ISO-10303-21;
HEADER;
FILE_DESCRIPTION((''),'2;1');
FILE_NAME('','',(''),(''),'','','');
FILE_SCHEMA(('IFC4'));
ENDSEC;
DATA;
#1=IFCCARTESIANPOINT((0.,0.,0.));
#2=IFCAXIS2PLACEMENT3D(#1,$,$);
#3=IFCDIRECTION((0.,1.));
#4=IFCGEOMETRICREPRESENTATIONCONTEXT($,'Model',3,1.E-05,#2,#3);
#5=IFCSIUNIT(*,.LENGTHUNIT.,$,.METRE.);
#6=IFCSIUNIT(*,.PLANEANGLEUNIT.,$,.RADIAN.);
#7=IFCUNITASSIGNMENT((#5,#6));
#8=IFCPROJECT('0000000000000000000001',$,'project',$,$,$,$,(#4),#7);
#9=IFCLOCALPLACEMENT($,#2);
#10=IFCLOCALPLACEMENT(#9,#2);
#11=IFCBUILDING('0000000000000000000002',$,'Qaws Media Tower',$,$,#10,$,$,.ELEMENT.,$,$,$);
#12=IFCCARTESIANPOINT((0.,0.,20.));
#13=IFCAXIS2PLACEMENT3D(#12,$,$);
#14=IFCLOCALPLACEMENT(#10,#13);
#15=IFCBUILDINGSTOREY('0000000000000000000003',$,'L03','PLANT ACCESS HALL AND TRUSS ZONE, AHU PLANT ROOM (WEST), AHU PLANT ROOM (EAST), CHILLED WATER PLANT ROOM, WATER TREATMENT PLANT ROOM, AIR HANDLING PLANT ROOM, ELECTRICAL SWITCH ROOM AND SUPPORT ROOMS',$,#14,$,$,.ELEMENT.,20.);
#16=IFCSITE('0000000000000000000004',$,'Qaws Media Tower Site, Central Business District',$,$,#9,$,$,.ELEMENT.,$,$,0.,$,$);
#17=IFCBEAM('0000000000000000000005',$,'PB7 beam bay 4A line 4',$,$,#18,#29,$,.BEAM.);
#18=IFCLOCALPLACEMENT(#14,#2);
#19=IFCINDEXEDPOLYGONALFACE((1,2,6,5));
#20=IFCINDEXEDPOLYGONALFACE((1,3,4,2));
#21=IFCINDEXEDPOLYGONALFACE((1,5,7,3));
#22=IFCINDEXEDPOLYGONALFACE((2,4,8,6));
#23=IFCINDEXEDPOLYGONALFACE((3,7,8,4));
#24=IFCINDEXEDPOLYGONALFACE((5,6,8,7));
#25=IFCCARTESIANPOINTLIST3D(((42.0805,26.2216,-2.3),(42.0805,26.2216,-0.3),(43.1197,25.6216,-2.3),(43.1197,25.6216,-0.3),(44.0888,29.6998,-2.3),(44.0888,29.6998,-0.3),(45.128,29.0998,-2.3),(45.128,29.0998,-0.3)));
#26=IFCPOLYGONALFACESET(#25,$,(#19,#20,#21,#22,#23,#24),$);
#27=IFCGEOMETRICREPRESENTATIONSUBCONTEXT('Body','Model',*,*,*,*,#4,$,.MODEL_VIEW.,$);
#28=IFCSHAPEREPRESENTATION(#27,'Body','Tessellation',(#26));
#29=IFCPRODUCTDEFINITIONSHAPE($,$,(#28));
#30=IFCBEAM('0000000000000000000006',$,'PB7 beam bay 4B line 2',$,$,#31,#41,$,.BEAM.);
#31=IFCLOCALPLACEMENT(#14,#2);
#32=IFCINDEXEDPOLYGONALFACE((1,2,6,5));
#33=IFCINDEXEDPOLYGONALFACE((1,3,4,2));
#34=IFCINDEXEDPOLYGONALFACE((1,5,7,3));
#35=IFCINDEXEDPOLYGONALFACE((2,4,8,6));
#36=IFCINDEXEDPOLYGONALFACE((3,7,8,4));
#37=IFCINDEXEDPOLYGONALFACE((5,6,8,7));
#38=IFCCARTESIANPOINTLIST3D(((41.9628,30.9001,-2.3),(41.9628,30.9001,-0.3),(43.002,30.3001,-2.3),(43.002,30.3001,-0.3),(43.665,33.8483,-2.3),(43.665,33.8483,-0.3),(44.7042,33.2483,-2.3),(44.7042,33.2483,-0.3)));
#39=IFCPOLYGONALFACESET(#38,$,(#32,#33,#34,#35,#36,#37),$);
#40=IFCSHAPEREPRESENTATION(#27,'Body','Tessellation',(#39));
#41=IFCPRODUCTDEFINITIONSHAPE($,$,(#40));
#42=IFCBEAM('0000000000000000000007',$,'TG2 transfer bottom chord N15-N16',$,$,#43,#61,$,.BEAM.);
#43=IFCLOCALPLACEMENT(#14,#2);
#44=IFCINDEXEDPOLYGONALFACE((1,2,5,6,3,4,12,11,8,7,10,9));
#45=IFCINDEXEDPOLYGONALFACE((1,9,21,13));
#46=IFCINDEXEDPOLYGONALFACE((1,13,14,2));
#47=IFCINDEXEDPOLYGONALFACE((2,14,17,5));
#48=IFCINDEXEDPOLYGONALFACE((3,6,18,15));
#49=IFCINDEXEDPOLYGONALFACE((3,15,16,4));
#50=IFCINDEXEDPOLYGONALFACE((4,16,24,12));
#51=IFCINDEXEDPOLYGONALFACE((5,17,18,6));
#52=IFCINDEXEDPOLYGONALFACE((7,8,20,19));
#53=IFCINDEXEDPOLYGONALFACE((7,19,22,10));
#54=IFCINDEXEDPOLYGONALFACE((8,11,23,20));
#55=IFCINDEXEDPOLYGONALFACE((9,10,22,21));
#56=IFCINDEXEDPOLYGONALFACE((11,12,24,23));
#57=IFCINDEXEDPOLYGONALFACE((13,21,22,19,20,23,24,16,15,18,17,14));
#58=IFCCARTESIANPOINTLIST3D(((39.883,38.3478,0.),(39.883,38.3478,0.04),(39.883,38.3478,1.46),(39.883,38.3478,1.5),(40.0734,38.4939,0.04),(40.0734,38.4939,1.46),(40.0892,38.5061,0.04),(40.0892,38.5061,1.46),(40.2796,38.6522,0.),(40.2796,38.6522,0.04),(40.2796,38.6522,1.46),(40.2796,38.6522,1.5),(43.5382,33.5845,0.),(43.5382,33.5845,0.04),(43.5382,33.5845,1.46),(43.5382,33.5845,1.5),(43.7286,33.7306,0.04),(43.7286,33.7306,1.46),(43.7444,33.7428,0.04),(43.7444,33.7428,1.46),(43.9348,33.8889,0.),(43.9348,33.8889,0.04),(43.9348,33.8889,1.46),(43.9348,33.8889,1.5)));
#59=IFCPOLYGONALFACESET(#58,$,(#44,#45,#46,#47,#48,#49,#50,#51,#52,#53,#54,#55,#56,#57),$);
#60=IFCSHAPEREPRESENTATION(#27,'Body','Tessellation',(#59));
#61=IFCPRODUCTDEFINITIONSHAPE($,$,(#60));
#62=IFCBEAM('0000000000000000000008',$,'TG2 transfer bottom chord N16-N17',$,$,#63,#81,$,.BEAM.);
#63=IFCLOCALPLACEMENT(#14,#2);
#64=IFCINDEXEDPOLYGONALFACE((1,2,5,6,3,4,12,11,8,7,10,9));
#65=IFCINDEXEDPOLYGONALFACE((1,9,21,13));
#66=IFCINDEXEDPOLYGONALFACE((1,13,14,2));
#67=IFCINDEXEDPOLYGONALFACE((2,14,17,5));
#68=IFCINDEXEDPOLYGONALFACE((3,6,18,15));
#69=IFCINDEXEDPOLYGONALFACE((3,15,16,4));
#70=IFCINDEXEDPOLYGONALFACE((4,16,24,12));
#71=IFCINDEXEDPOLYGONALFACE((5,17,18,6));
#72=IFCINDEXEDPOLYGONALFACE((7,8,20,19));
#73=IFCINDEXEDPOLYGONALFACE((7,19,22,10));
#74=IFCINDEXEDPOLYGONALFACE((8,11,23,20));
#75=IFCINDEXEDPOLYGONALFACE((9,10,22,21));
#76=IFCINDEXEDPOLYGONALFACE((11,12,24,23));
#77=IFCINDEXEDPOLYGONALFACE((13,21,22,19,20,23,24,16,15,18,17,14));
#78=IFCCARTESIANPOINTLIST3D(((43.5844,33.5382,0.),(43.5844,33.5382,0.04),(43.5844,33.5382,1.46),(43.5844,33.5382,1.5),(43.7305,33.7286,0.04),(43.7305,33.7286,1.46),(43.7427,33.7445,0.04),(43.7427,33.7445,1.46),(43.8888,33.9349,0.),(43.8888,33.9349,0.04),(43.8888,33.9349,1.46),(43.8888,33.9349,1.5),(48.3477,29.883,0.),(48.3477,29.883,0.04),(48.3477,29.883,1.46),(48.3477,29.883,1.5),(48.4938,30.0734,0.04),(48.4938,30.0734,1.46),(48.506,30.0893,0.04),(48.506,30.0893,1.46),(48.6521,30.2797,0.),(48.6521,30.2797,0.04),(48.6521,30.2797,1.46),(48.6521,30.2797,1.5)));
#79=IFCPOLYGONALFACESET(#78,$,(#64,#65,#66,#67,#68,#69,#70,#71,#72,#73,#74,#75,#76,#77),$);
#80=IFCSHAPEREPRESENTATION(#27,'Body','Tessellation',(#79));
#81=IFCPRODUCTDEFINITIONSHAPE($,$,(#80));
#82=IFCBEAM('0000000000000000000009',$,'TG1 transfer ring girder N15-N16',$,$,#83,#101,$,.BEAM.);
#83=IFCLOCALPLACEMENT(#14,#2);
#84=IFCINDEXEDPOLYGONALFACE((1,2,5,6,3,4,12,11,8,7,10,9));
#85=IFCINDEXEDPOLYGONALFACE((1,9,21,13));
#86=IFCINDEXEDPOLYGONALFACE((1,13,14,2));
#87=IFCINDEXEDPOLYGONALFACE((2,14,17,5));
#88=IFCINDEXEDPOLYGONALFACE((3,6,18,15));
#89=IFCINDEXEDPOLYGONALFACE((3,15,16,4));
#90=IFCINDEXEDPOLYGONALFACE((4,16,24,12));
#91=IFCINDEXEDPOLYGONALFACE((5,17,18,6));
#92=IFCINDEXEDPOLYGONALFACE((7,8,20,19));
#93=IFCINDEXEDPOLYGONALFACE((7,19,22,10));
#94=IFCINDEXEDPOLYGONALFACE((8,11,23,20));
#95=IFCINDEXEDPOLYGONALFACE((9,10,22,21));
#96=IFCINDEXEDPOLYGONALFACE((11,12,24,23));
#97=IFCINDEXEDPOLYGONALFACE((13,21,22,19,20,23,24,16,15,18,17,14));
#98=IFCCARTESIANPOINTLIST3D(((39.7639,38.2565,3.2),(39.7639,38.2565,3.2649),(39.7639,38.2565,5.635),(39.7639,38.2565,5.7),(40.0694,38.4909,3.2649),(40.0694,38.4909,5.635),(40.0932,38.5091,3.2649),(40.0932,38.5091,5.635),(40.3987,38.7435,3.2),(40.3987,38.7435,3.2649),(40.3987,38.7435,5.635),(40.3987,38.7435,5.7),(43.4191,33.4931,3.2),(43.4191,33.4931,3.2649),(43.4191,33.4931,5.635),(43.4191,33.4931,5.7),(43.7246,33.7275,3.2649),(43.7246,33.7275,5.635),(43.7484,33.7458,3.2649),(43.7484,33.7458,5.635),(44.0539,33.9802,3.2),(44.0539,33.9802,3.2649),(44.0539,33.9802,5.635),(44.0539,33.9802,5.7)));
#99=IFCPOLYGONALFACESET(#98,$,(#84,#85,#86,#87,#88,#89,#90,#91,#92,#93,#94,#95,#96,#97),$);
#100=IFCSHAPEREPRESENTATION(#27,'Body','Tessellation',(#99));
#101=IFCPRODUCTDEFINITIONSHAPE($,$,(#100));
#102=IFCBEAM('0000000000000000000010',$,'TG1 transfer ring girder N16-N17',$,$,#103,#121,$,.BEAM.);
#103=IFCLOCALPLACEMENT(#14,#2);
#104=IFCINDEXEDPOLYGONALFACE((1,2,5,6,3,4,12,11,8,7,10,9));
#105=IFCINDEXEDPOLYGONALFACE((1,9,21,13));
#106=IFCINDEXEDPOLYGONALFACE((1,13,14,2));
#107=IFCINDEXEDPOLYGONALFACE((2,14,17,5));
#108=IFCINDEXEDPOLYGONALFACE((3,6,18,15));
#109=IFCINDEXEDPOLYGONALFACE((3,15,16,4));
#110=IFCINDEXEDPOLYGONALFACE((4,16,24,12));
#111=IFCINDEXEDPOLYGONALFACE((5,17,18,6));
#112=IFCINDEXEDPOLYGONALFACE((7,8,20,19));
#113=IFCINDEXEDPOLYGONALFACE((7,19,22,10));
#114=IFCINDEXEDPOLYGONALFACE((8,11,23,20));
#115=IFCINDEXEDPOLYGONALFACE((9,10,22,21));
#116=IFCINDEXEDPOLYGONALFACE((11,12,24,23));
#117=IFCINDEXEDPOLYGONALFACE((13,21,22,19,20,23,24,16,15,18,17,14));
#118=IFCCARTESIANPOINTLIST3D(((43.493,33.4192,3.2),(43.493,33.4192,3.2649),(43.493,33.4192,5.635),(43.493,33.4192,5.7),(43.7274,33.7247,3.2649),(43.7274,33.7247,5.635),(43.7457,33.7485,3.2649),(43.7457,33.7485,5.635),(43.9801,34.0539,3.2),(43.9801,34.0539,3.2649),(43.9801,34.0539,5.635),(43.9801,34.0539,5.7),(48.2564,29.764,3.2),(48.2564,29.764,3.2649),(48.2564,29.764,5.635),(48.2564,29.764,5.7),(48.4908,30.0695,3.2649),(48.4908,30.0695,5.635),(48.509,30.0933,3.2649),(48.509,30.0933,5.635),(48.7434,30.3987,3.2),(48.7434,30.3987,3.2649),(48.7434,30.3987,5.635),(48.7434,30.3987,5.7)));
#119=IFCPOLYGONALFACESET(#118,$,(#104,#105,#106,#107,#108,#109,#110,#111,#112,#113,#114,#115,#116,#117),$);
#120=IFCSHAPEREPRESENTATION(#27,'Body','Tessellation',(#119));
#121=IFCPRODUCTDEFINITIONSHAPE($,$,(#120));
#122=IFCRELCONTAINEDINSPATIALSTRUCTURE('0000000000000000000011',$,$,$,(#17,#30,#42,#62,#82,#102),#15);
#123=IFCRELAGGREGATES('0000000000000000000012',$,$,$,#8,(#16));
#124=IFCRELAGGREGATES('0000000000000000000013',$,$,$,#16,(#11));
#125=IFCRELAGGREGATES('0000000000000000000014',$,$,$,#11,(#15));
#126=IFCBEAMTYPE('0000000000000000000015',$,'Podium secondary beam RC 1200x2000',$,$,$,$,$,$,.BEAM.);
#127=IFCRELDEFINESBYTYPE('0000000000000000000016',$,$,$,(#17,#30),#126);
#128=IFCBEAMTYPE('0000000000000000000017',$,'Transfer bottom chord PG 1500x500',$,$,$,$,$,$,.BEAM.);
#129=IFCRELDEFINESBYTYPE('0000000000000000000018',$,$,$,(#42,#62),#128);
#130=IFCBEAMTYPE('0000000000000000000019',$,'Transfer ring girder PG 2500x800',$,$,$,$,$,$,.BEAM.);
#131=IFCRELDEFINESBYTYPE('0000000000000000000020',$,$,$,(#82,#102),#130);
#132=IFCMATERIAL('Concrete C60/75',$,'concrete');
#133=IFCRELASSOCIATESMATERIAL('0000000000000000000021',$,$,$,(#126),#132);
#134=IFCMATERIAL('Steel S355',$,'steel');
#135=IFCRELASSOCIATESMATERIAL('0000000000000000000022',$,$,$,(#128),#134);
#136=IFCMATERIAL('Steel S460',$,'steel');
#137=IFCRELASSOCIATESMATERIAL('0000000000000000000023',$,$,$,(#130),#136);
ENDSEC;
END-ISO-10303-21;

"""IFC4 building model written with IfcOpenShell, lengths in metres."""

from ifc_helpers import new_model, si_unit, direction, frame, origin, origin_2d, place, context, subcontext, project, spatial, rectangle, i_section, extrude, material, material_profile, profile_set, type_object, element, save


model = new_model("IFC4")

# Units and contexts
model_context = context("Model", 3, precision=1e-05, world=origin(), true_north=direction((0.0, 1.0)))
body_context = subcontext(model_context, "Body", "Model", "MODEL_VIEW")
ifc_project = project(units=[si_unit("LENGTHUNIT", "METRE"), si_unit("PLANEANGLEUNIT", "RADIAN")], contexts=[model_context])

# Site, building, storey
site_placement = place(None, origin())
site = spatial("IfcSite", under=ifc_project, at=site_placement, Name="Qaws Media Tower Site, Central Business District", CompositionType="ELEMENT", RefElevation=0.0)
building_placement = place(site_placement, origin())
building = spatial("IfcBuilding", under=site, at=building_placement, Name="Qaws Media Tower", CompositionType="ELEMENT")
storey_placement = place(building_placement, frame((0.0, 0.0, 20.0)))
storey = spatial("IfcBuildingStorey", under=building, at=storey_placement, Name="L03", Description="PLANT ACCESS HALL AND TRUSS ZONE, AHU PLANT ROOM (WEST), AHU PLANT ROOM (EAST), CHILLED WATER PLANT ROOM, WATER TREATMENT PLANT ROOM, AIR HANDLING PLANT ROOM, ELECTRICAL SWITCH ROOM AND SUPPORT ROOMS", CompositionType="ELEMENT", Elevation=20.0)

# Beams
ifc_material_1 = material(Name="Concrete C60/75", Category="concrete")
ifc_material_profile_1 = material_profile(ifc_material_1, rectangle(XDim=1.2, YDim=2.0, at=origin_2d()), Name="RC 1200x2000")
ifc_profile_set_1 = profile_set([ifc_material_profile_1], Name="Concrete C60/75")
beam_type_1 = type_object("IfcBeamType", Name="Podium secondary beam RC 1200x2000", PredefinedType="BEAM", material=ifc_profile_set_1)
beam_1_placement = place(storey_placement, frame((42.6001, 25.9216, -1.3), z_axis=(0.500022, 0.866012, 0.0), x_axis=(-0.866012, 0.500022, 0.0)))
element("IfcBeam", 1, at=beam_1_placement, inside=storey, type_object=beam_type_1, Name="PB7 beam bay 4A line 4", PredefinedType="BEAM", context=body_context, shape_type="SweptSolid", body=[
    extrude(rectangle(XDim=1.2, YDim=2.0, at=origin_2d()), origin(), (0.0, 0.0, 1.0), 4.0164),
])
beam_2_placement = place(storey_placement, frame((42.4824, 30.6001, -1.3), z_axis=(0.499996, 0.866028, 0.0), x_axis=(-0.866028, 0.499996, 0.0)))
element("IfcBeam", 2, at=beam_2_placement, inside=storey, type_object=beam_type_1, Name="PB7 beam bay 4B line 2", PredefinedType="BEAM", context=body_context, shape_type="SweptSolid", body=[
    extrude(rectangle(XDim=1.2, YDim=2.0, at=origin_2d()), origin(), (0.0, 0.0, 1.0), 3.4043),
])
ifc_material_2 = material(Name="Steel S355", Category="steel")
ifc_material_profile_2 = material_profile(ifc_material_2, i_section(OverallWidth=0.5, OverallDepth=1.5, WebThickness=0.02, FlangeThickness=0.04, at=origin_2d()), Name="PG 1500x500")
ifc_profile_set_2 = profile_set([ifc_material_profile_2], Name="Steel S355")
beam_type_2 = type_object("IfcBeamType", Name="Transfer bottom chord PG 1500x500", PredefinedType="BEAM", material=ifc_profile_set_2)
for number, where, z_axis, x_axis, name in (
    (3, (40.0813, 38.5, 0.75), (0.608779, -0.79334, 0.0), (0.79334, 0.608779, 0.0), "TG2 transfer bottom chord N15-N16"),
    (4, (43.7366, 33.7366, 0.75), (0.79334, -0.608779, 0.0), (0.608779, 0.79334, 0.0), "TG2 transfer bottom chord N16-N17"),
):
    element("IfcBeam", number, at=place(storey_placement, frame(where, z_axis=z_axis, x_axis=x_axis)), inside=storey, type_object=beam_type_2, Name=name, PredefinedType="BEAM", context=body_context, shape_type="SweptSolid", body=[
        extrude(i_section(OverallWidth=0.5, OverallDepth=1.5, WebThickness=0.02, FlangeThickness=0.04, at=origin_2d()), origin(), (0.0, 0.0, 1.0), 6.0042),
    ])
ifc_material_3 = material(Name="Steel S460", Category="steel")
ifc_material_profile_3 = material_profile(ifc_material_3, i_section(OverallWidth=0.8, OverallDepth=2.5, WebThickness=0.03, FlangeThickness=0.0649, at=origin_2d()), Name="PG 2500x800")
ifc_profile_set_3 = profile_set([ifc_material_profile_3], Name="Steel S460")
beam_type_3 = type_object("IfcBeamType", Name="Transfer ring girder PG 2500x800", PredefinedType="BEAM", material=ifc_profile_set_3)
for number, where, z_axis, x_axis, name in (
    (5, (40.0813, 38.5, 4.45), (0.608779, -0.79334, 0.0), (0.79334, 0.608779, 0.0), "TG1 transfer ring girder N15-N16"),
    (6, (43.7366, 33.7366, 4.45), (0.79334, -0.608779, 0.0), (0.608779, 0.79334, 0.0), "TG1 transfer ring girder N16-N17"),
):
    element("IfcBeam", number, at=place(storey_placement, frame(where, z_axis=z_axis, x_axis=x_axis)), inside=storey, type_object=beam_type_3, Name=name, PredefinedType="BEAM", context=body_context, shape_type="SweptSolid", body=[
        extrude(i_section(OverallWidth=0.8, OverallDepth=2.5, WebThickness=0.03, FlangeThickness=0.0649, at=origin_2d()), origin(), (0.0, 0.0, 1.0), 6.0042),
    ])

save(model, "model.ifc")
